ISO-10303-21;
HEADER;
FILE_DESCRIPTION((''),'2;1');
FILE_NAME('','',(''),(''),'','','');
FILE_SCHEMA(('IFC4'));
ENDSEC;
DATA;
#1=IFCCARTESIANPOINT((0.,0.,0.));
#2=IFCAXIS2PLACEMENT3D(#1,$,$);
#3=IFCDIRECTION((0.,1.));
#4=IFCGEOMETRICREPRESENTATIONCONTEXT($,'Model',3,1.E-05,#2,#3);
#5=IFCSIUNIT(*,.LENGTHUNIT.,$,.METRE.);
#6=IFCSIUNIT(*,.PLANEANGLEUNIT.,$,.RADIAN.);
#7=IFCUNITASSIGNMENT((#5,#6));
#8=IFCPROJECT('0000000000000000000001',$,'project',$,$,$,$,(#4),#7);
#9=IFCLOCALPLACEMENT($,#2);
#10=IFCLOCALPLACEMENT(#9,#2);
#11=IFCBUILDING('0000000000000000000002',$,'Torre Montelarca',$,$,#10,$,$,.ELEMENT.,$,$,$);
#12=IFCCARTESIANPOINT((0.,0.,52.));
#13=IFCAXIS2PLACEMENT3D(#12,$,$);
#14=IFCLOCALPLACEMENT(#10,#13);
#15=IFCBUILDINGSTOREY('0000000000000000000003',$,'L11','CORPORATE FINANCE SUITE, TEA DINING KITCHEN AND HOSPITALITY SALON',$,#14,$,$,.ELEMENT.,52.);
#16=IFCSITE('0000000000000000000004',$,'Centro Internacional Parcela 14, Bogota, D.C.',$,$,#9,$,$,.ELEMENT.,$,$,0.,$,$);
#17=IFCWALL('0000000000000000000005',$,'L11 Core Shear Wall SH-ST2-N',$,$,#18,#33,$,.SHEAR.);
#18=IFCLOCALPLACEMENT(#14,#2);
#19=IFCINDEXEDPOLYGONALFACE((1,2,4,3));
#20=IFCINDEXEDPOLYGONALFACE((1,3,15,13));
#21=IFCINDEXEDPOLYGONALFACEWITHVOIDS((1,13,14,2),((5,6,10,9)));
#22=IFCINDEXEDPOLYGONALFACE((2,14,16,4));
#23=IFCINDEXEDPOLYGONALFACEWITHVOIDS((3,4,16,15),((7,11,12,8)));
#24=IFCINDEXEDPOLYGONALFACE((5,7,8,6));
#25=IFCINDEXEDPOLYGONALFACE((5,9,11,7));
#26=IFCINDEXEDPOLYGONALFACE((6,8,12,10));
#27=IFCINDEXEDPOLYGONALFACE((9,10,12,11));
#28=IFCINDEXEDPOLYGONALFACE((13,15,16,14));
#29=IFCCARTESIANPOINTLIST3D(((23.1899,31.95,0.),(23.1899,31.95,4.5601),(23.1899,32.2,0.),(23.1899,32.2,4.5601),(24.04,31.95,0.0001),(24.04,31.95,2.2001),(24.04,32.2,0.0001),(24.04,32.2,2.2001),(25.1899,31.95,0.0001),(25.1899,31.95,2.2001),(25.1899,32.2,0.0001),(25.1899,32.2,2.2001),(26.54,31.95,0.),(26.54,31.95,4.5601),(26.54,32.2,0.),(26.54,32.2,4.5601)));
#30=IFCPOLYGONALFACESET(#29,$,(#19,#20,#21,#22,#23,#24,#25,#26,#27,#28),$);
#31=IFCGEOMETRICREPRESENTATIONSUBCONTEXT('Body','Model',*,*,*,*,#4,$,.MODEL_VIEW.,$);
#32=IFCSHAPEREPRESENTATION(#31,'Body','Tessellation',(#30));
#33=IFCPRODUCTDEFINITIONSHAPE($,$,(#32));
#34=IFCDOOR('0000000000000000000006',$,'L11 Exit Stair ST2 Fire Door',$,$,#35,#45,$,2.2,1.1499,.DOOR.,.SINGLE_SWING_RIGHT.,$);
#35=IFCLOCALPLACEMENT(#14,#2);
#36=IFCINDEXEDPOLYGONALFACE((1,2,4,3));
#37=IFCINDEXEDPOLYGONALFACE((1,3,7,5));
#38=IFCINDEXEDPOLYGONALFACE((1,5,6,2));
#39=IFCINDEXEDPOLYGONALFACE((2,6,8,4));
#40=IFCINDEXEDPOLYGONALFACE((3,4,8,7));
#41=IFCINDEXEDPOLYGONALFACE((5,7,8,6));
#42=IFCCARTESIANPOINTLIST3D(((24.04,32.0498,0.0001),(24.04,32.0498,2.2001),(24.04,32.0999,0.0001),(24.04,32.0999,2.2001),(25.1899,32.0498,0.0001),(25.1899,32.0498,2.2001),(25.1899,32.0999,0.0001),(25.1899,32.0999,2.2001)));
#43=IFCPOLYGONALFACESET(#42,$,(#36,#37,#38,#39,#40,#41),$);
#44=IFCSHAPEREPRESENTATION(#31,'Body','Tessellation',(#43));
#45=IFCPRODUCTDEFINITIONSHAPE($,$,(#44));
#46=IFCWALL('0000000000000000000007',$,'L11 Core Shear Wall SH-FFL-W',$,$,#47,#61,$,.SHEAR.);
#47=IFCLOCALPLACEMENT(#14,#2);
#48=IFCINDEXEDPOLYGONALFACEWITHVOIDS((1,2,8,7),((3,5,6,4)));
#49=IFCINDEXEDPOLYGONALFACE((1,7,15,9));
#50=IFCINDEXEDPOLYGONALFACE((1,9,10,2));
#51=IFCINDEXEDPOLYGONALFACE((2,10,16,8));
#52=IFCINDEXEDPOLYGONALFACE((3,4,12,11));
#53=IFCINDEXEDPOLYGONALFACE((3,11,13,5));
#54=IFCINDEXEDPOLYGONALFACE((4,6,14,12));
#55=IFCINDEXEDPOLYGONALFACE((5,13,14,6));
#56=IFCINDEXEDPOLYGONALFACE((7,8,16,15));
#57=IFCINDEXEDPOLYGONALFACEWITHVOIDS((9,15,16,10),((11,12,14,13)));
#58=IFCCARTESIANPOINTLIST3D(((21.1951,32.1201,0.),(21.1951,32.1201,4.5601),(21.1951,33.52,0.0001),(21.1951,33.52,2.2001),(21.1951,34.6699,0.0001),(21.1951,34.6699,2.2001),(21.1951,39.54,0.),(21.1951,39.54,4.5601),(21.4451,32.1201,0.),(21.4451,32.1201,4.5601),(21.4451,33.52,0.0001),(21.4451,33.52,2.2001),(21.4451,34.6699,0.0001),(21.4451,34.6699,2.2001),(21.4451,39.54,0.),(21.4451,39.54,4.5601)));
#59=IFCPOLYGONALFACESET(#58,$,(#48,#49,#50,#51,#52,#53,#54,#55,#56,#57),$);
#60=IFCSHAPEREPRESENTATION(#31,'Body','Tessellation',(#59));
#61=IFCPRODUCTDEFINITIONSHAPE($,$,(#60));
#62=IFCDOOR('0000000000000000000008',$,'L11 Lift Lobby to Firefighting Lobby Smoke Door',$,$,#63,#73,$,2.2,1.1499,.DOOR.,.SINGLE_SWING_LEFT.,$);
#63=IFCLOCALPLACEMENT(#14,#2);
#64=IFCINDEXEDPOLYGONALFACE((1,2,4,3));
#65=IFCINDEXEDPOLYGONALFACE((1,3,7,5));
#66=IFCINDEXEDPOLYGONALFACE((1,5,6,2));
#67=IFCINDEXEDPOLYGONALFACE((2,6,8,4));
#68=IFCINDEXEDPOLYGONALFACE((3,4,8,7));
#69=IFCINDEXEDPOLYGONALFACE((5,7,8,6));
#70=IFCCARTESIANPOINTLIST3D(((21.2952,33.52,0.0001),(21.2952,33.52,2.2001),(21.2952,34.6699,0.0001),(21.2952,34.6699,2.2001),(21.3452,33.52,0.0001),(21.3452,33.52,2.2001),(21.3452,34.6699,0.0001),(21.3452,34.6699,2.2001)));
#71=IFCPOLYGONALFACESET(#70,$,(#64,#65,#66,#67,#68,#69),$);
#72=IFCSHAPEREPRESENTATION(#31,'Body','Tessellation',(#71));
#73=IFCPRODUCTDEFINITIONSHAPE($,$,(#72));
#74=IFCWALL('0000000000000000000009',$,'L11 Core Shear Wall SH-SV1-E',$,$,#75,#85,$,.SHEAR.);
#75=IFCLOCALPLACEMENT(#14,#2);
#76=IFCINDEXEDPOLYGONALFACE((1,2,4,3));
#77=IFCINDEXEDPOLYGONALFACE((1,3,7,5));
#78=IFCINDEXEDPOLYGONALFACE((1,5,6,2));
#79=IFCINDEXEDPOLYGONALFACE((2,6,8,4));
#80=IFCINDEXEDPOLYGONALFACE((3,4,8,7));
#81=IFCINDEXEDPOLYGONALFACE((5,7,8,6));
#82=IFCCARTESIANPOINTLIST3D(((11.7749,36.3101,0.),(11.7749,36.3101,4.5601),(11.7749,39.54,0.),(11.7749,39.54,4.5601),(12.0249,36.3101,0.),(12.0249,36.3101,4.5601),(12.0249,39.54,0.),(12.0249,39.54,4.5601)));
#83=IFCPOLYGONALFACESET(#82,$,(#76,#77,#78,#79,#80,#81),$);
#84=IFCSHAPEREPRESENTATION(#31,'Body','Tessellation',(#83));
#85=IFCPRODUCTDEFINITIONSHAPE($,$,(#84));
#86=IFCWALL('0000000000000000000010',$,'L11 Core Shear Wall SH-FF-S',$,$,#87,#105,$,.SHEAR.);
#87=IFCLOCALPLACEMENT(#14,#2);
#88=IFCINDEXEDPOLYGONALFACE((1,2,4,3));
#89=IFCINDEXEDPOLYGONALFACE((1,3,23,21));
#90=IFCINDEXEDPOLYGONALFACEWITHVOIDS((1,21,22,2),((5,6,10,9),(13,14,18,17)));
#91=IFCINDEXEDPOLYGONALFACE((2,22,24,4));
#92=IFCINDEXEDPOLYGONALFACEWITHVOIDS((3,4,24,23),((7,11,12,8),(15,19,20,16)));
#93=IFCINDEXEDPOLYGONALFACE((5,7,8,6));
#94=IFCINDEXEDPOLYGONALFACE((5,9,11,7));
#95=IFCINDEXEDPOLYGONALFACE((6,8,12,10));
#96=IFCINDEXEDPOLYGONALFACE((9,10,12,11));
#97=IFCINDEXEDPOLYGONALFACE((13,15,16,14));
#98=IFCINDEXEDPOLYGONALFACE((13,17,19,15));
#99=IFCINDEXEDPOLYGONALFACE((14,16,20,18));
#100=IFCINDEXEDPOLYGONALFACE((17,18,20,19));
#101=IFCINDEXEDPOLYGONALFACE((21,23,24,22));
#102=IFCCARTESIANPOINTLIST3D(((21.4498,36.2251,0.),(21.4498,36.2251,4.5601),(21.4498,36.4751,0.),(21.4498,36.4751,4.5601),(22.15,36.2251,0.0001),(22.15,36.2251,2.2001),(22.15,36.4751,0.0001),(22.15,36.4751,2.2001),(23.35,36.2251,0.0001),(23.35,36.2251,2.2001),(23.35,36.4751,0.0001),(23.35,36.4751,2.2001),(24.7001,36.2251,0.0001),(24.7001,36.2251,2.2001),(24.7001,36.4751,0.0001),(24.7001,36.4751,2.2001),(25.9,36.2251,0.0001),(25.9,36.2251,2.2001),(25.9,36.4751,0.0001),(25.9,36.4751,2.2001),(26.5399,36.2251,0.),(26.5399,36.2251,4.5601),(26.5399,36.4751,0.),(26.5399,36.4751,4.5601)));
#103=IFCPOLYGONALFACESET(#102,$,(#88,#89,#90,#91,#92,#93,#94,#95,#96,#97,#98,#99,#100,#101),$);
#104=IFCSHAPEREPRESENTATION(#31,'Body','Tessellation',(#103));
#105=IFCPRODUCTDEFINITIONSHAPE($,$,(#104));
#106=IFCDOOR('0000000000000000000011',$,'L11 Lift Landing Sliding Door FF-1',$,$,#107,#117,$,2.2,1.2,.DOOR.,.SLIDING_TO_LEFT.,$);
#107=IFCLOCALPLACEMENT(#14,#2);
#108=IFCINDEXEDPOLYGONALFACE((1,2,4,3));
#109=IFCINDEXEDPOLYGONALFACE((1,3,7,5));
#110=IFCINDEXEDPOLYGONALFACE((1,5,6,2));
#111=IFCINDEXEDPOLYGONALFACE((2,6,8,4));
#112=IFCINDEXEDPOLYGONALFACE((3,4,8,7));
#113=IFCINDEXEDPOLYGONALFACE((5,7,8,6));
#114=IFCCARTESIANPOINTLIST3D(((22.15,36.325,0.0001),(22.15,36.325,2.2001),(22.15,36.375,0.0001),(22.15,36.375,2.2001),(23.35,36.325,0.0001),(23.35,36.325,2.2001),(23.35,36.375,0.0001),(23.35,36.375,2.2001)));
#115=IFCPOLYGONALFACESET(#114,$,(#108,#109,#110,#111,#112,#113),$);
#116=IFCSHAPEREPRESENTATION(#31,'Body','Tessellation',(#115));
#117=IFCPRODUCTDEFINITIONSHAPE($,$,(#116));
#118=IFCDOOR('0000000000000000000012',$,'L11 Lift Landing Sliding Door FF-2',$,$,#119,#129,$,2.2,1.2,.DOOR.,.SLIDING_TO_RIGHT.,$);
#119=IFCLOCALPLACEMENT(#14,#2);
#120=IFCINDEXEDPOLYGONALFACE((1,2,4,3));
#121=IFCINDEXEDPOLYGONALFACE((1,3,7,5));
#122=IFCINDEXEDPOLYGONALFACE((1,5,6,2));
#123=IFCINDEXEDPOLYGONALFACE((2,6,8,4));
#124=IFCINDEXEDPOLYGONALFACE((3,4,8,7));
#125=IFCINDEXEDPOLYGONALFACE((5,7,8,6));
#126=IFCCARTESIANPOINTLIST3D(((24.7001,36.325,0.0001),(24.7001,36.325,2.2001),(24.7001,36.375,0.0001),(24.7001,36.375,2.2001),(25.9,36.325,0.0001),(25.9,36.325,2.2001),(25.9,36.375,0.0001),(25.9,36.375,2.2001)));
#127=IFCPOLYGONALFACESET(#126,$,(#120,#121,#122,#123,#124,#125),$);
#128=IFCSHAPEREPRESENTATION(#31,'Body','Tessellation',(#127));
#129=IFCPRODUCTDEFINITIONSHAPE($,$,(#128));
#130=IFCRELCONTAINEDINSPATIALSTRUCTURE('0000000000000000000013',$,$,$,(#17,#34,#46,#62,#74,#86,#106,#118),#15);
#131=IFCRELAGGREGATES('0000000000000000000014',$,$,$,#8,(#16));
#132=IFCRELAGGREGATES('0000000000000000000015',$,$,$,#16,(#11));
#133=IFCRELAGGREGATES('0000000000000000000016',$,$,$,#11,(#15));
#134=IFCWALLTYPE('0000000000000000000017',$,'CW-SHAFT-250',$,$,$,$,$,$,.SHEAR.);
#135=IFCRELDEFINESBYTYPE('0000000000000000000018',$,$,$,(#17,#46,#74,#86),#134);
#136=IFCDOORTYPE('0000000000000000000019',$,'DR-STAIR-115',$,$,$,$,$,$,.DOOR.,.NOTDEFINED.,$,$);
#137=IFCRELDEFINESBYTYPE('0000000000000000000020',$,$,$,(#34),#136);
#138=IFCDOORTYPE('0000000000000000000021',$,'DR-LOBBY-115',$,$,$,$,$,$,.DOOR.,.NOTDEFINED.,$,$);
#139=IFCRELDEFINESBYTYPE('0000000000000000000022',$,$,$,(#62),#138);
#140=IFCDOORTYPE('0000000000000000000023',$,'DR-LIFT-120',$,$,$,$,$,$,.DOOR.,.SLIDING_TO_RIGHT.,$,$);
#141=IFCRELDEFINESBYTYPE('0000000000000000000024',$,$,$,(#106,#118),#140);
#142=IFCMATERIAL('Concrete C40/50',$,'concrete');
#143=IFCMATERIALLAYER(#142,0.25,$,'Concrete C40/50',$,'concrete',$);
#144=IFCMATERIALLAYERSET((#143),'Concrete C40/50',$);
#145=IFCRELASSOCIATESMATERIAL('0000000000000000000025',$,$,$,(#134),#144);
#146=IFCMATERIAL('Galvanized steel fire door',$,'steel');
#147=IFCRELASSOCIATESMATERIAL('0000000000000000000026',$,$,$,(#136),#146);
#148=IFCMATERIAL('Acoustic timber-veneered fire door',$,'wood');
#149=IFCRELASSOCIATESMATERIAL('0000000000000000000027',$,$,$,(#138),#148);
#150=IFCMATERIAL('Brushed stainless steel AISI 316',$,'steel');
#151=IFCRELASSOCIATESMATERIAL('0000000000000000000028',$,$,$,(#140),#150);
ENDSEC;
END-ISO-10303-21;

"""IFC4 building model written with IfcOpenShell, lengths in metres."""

from ifc_helpers import new_model, si_unit, direction, frame, frame_2d, origin, place, context, subcontext, project, spatial, rectangle, extrude, source, transform, mapped, material, layer, layer_set, type_object, element, fill, save


model = new_model("IFC4")

# Units and contexts
model_context = context("Model", 3, precision=1e-05, world=origin(), true_north=direction((0.0, 1.0)))
body_context = subcontext(model_context, "Body", "Model", "MODEL_VIEW")
ifc_project = project(units=[si_unit("LENGTHUNIT", "METRE"), si_unit("PLANEANGLEUNIT", "RADIAN")], contexts=[model_context])

# Site, building, storey
site_placement = place(None, origin())
site = spatial("IfcSite", under=ifc_project, at=site_placement, Name="Centro Internacional Parcela 14, Bogota, D.C.", CompositionType="ELEMENT", RefElevation=0.0)
building_placement = place(site_placement, origin())
building = spatial("IfcBuilding", under=site, at=building_placement, Name="Torre Montelarca", CompositionType="ELEMENT")
storey_placement = place(building_placement, frame((0.0, 0.0, 52.0)))
storey = spatial("IfcBuildingStorey", under=building, at=storey_placement, Name="L11", Description="CORPORATE FINANCE SUITE, TEA DINING KITCHEN AND HOSPITALITY SALON", CompositionType="ELEMENT", Elevation=52.0)

# Walls, openings, doors
ifc_material_1 = material(Name="Concrete C40/50", Category="concrete")
ifc_layer_1 = layer(ifc_material_1, 0.25, Name="Concrete C40/50", Category="concrete")
ifc_layer_set_1 = layer_set([ifc_layer_1], Name="Concrete C40/50")
wall_type_1 = type_object("IfcWallType", Name="CW-SHAFT-250", PredefinedType="SHEAR", material=ifc_layer_set_1)
wall_1_placement = place(storey_placement, frame((23.1899, 32.075, 0.0), z_axis=(0.0, 0.0, 1.0), x_axis=(1.0, 0.0, 0.0)))
wall_1 = element("IfcWall", 1, at=wall_1_placement, inside=storey, type_object=wall_type_1, Name="L11 Core Shear Wall SH-ST2-N", PredefinedType="SHEAR", context=body_context, shape_type="SweptSolid", body=[
    extrude(rectangle(XDim=3.3501, YDim=0.25, at=frame_2d((1.675, 0.0))), origin(), (0.0, 0.0, 1.0), 4.5601),
])
opening_1_placement = place(wall_1_placement, frame((0.8501, 0.0, 0.0)))
opening_1 = element("IfcOpeningElement", 2, at=opening_1_placement, cuts=wall_1, PredefinedType="OPENING", context=body_context, shape_type="SweptSolid", body=[
    extrude(rectangle(XDim=1.1499, YDim=2.2, at=frame_2d((0.575, 1.1001))), frame((0.0, 0.135, 0.0), z_axis=(0.0, -1.0, 0.0), x_axis=(1.0, 0.0, 0.0)), (0.0, 0.0, 1.0), 0.27),
])
ifc_material_2 = material(Name="Galvanized steel fire door", Category="steel")
door_type_1 = type_object("IfcDoorType", Name="DR-STAIR-115", OperationType="NOTDEFINED", PredefinedType="DOOR", material=ifc_material_2)
shared_shape_1 = source(origin(), body_context, "Body", "SweptSolid", [
    extrude(rectangle(XDim=1.1499, YDim=2.2, at=frame_2d((0.575, 1.1001))), frame((0.0, 0.0249, 0.0), z_axis=(0.0, -1.0, 0.0), x_axis=(1.0, 0.0, 0.0)), (0.0, 0.0, 1.0), 0.05),
])
door_1_placement = place(opening_1_placement, origin())
door_1 = element("IfcDoor", 3, at=door_1_placement, inside=storey, type_object=door_type_1, Name="L11 Exit Stair ST2 Fire Door", OperationType="SINGLE_SWING_RIGHT", OverallHeight=2.2, OverallWidth=1.1499, PredefinedType="DOOR", context=body_context, shape_type="MappedRepresentation", body=[
    mapped(shared_shape_1, transform((0.0, 0.0, 0.0), scale=1.0)),
])
fill(opening_1, door_1)
wall_2_placement = place(storey_placement, frame((21.3201, 32.1201, 0.0), z_axis=(0.0, 0.0, 1.0), x_axis=(0.0, 1.0, 0.0)))
wall_2 = element("IfcWall", 4, at=wall_2_placement, inside=storey, type_object=wall_type_1, Name="L11 Core Shear Wall SH-FFL-W", PredefinedType="SHEAR", context=body_context, shape_type="SweptSolid", body=[
    extrude(rectangle(XDim=7.4199, YDim=0.25, at=frame_2d((3.71, 0.0))), origin(), (0.0, 0.0, 1.0), 4.5601),
])
opening_2_placement = place(wall_2_placement, frame((1.3999, 0.0, 0.0)))
opening_2 = element("IfcOpeningElement", 5, at=opening_2_placement, cuts=wall_2, PredefinedType="OPENING", context=body_context, shape_type="SweptSolid", body=[
    extrude(rectangle(XDim=1.1499, YDim=2.2, at=frame_2d((0.575, 1.1001))), frame((0.0, 0.135, 0.0), z_axis=(0.0, -1.0, 0.0), x_axis=(1.0, 0.0, 0.0)), (0.0, 0.0, 1.0), 0.27),
])
ifc_material_3 = material(Name="Acoustic timber-veneered fire door", Category="wood")
door_type_2 = type_object("IfcDoorType", Name="DR-LOBBY-115", OperationType="NOTDEFINED", PredefinedType="DOOR", material=ifc_material_3)
shared_shape_2 = source(origin(), body_context, "Body", "SweptSolid", [
    extrude(rectangle(XDim=1.1499, YDim=2.2, at=frame_2d((0.575, 1.1001))), frame((0.0, 0.0249, 0.0), z_axis=(0.0, -1.0, 0.0), x_axis=(1.0, 0.0, 0.0)), (0.0, 0.0, 1.0), 0.05),
])
door_2_placement = place(opening_2_placement, origin())
door_2 = element("IfcDoor", 6, at=door_2_placement, inside=storey, type_object=door_type_2, Name="L11 Lift Lobby to Firefighting Lobby Smoke Door", OperationType="SINGLE_SWING_LEFT", OverallHeight=2.2, OverallWidth=1.1499, PredefinedType="DOOR", context=body_context, shape_type="MappedRepresentation", body=[
    mapped(shared_shape_2, transform((0.0, 0.0, 0.0), scale=1.0)),
])
fill(opening_2, door_2)

# Wall
wall_3_placement = place(storey_placement, frame((11.8999, 36.3101, 0.0), z_axis=(0.0, 0.0, 1.0), x_axis=(0.0, 1.0, 0.0)))
element("IfcWall", 7, at=wall_3_placement, inside=storey, type_object=wall_type_1, Name="L11 Core Shear Wall SH-SV1-E", PredefinedType="SHEAR", context=body_context, shape_type="SweptSolid", body=[
    extrude(rectangle(XDim=3.23, YDim=0.25, at=frame_2d((1.615, 0.0))), origin(), (0.0, 0.0, 1.0), 4.5601),
])

# Wall, openings, doors
wall_4_placement = place(storey_placement, frame((21.45, 36.3501, 0.0), z_axis=(0.0, 0.0, 1.0), x_axis=(1.0, 0.0, 0.0)))
wall_4 = element("IfcWall", 8, at=wall_4_placement, inside=storey, type_object=wall_type_1, Name="L11 Core Shear Wall SH-FF-S", PredefinedType="SHEAR", context=body_context, shape_type="SweptSolid", body=[
    extrude(rectangle(XDim=5.0901, YDim=0.25, at=frame_2d((2.5449, 0.0))), origin(), (0.0, 0.0, 1.0), 4.5601),
])
opening_3_placement = place(wall_4_placement, frame((0.7, 0.0, 0.0)))
opening_3 = element("IfcOpeningElement", 9, at=opening_3_placement, cuts=wall_4, PredefinedType="OPENING", context=body_context, shape_type="SweptSolid", body=[
    extrude(rectangle(XDim=1.2, YDim=2.2, at=frame_2d((0.6001, 1.1001))), frame((0.0, 0.135, 0.0), z_axis=(0.0, -1.0, 0.0), x_axis=(1.0, 0.0, 0.0)), (0.0, 0.0, 1.0), 0.27),
])
opening_4_placement = place(wall_4_placement, frame((3.25, 0.0, 0.0)))
opening_4 = element("IfcOpeningElement", 10, at=opening_4_placement, cuts=wall_4, PredefinedType="OPENING", context=body_context, shape_type="SweptSolid", body=[
    extrude(rectangle(XDim=1.2, YDim=2.2, at=frame_2d((0.6001, 1.1001))), frame((0.0, 0.135, 0.0), z_axis=(0.0, -1.0, 0.0), x_axis=(1.0, 0.0, 0.0)), (0.0, 0.0, 1.0), 0.27),
])
ifc_material_4 = material(Name="Brushed stainless steel AISI 316", Category="steel")
door_type_3 = type_object("IfcDoorType", Name="DR-LIFT-120", OperationType="SLIDING_TO_RIGHT", PredefinedType="DOOR", material=ifc_material_4)
shared_shape_3 = source(origin(), body_context, "Body", "SweptSolid", [
    extrude(rectangle(XDim=1.2, YDim=2.2, at=frame_2d((0.6001, 1.1001))), frame((0.0, 0.0249, 0.0), z_axis=(0.0, -1.0, 0.0), x_axis=(1.0, 0.0, 0.0)), (0.0, 0.0, 1.0), 0.05),
])
door_3_placement = place(opening_3_placement, origin())
door_3 = element("IfcDoor", 11, at=door_3_placement, inside=storey, type_object=door_type_3, Name="L11 Lift Landing Sliding Door FF-1", OperationType="SLIDING_TO_LEFT", OverallHeight=2.2, OverallWidth=1.2, PredefinedType="DOOR", context=body_context, shape_type="MappedRepresentation", body=[
    mapped(shared_shape_3, transform((0.0, 0.0, 0.0), scale=1.0)),
])
fill(opening_3, door_3)
door_4_placement = place(opening_4_placement, origin())
door_4 = element("IfcDoor", 12, at=door_4_placement, inside=storey, type_object=door_type_3, Name="L11 Lift Landing Sliding Door FF-2", OperationType="SLIDING_TO_RIGHT", OverallHeight=2.2, OverallWidth=1.2, PredefinedType="DOOR", context=body_context, shape_type="MappedRepresentation", body=[
    mapped(shared_shape_3, transform((0.0, 0.0, 0.0), scale=1.0)),
])
fill(opening_4, door_4)

save(model, "model.ifc")
